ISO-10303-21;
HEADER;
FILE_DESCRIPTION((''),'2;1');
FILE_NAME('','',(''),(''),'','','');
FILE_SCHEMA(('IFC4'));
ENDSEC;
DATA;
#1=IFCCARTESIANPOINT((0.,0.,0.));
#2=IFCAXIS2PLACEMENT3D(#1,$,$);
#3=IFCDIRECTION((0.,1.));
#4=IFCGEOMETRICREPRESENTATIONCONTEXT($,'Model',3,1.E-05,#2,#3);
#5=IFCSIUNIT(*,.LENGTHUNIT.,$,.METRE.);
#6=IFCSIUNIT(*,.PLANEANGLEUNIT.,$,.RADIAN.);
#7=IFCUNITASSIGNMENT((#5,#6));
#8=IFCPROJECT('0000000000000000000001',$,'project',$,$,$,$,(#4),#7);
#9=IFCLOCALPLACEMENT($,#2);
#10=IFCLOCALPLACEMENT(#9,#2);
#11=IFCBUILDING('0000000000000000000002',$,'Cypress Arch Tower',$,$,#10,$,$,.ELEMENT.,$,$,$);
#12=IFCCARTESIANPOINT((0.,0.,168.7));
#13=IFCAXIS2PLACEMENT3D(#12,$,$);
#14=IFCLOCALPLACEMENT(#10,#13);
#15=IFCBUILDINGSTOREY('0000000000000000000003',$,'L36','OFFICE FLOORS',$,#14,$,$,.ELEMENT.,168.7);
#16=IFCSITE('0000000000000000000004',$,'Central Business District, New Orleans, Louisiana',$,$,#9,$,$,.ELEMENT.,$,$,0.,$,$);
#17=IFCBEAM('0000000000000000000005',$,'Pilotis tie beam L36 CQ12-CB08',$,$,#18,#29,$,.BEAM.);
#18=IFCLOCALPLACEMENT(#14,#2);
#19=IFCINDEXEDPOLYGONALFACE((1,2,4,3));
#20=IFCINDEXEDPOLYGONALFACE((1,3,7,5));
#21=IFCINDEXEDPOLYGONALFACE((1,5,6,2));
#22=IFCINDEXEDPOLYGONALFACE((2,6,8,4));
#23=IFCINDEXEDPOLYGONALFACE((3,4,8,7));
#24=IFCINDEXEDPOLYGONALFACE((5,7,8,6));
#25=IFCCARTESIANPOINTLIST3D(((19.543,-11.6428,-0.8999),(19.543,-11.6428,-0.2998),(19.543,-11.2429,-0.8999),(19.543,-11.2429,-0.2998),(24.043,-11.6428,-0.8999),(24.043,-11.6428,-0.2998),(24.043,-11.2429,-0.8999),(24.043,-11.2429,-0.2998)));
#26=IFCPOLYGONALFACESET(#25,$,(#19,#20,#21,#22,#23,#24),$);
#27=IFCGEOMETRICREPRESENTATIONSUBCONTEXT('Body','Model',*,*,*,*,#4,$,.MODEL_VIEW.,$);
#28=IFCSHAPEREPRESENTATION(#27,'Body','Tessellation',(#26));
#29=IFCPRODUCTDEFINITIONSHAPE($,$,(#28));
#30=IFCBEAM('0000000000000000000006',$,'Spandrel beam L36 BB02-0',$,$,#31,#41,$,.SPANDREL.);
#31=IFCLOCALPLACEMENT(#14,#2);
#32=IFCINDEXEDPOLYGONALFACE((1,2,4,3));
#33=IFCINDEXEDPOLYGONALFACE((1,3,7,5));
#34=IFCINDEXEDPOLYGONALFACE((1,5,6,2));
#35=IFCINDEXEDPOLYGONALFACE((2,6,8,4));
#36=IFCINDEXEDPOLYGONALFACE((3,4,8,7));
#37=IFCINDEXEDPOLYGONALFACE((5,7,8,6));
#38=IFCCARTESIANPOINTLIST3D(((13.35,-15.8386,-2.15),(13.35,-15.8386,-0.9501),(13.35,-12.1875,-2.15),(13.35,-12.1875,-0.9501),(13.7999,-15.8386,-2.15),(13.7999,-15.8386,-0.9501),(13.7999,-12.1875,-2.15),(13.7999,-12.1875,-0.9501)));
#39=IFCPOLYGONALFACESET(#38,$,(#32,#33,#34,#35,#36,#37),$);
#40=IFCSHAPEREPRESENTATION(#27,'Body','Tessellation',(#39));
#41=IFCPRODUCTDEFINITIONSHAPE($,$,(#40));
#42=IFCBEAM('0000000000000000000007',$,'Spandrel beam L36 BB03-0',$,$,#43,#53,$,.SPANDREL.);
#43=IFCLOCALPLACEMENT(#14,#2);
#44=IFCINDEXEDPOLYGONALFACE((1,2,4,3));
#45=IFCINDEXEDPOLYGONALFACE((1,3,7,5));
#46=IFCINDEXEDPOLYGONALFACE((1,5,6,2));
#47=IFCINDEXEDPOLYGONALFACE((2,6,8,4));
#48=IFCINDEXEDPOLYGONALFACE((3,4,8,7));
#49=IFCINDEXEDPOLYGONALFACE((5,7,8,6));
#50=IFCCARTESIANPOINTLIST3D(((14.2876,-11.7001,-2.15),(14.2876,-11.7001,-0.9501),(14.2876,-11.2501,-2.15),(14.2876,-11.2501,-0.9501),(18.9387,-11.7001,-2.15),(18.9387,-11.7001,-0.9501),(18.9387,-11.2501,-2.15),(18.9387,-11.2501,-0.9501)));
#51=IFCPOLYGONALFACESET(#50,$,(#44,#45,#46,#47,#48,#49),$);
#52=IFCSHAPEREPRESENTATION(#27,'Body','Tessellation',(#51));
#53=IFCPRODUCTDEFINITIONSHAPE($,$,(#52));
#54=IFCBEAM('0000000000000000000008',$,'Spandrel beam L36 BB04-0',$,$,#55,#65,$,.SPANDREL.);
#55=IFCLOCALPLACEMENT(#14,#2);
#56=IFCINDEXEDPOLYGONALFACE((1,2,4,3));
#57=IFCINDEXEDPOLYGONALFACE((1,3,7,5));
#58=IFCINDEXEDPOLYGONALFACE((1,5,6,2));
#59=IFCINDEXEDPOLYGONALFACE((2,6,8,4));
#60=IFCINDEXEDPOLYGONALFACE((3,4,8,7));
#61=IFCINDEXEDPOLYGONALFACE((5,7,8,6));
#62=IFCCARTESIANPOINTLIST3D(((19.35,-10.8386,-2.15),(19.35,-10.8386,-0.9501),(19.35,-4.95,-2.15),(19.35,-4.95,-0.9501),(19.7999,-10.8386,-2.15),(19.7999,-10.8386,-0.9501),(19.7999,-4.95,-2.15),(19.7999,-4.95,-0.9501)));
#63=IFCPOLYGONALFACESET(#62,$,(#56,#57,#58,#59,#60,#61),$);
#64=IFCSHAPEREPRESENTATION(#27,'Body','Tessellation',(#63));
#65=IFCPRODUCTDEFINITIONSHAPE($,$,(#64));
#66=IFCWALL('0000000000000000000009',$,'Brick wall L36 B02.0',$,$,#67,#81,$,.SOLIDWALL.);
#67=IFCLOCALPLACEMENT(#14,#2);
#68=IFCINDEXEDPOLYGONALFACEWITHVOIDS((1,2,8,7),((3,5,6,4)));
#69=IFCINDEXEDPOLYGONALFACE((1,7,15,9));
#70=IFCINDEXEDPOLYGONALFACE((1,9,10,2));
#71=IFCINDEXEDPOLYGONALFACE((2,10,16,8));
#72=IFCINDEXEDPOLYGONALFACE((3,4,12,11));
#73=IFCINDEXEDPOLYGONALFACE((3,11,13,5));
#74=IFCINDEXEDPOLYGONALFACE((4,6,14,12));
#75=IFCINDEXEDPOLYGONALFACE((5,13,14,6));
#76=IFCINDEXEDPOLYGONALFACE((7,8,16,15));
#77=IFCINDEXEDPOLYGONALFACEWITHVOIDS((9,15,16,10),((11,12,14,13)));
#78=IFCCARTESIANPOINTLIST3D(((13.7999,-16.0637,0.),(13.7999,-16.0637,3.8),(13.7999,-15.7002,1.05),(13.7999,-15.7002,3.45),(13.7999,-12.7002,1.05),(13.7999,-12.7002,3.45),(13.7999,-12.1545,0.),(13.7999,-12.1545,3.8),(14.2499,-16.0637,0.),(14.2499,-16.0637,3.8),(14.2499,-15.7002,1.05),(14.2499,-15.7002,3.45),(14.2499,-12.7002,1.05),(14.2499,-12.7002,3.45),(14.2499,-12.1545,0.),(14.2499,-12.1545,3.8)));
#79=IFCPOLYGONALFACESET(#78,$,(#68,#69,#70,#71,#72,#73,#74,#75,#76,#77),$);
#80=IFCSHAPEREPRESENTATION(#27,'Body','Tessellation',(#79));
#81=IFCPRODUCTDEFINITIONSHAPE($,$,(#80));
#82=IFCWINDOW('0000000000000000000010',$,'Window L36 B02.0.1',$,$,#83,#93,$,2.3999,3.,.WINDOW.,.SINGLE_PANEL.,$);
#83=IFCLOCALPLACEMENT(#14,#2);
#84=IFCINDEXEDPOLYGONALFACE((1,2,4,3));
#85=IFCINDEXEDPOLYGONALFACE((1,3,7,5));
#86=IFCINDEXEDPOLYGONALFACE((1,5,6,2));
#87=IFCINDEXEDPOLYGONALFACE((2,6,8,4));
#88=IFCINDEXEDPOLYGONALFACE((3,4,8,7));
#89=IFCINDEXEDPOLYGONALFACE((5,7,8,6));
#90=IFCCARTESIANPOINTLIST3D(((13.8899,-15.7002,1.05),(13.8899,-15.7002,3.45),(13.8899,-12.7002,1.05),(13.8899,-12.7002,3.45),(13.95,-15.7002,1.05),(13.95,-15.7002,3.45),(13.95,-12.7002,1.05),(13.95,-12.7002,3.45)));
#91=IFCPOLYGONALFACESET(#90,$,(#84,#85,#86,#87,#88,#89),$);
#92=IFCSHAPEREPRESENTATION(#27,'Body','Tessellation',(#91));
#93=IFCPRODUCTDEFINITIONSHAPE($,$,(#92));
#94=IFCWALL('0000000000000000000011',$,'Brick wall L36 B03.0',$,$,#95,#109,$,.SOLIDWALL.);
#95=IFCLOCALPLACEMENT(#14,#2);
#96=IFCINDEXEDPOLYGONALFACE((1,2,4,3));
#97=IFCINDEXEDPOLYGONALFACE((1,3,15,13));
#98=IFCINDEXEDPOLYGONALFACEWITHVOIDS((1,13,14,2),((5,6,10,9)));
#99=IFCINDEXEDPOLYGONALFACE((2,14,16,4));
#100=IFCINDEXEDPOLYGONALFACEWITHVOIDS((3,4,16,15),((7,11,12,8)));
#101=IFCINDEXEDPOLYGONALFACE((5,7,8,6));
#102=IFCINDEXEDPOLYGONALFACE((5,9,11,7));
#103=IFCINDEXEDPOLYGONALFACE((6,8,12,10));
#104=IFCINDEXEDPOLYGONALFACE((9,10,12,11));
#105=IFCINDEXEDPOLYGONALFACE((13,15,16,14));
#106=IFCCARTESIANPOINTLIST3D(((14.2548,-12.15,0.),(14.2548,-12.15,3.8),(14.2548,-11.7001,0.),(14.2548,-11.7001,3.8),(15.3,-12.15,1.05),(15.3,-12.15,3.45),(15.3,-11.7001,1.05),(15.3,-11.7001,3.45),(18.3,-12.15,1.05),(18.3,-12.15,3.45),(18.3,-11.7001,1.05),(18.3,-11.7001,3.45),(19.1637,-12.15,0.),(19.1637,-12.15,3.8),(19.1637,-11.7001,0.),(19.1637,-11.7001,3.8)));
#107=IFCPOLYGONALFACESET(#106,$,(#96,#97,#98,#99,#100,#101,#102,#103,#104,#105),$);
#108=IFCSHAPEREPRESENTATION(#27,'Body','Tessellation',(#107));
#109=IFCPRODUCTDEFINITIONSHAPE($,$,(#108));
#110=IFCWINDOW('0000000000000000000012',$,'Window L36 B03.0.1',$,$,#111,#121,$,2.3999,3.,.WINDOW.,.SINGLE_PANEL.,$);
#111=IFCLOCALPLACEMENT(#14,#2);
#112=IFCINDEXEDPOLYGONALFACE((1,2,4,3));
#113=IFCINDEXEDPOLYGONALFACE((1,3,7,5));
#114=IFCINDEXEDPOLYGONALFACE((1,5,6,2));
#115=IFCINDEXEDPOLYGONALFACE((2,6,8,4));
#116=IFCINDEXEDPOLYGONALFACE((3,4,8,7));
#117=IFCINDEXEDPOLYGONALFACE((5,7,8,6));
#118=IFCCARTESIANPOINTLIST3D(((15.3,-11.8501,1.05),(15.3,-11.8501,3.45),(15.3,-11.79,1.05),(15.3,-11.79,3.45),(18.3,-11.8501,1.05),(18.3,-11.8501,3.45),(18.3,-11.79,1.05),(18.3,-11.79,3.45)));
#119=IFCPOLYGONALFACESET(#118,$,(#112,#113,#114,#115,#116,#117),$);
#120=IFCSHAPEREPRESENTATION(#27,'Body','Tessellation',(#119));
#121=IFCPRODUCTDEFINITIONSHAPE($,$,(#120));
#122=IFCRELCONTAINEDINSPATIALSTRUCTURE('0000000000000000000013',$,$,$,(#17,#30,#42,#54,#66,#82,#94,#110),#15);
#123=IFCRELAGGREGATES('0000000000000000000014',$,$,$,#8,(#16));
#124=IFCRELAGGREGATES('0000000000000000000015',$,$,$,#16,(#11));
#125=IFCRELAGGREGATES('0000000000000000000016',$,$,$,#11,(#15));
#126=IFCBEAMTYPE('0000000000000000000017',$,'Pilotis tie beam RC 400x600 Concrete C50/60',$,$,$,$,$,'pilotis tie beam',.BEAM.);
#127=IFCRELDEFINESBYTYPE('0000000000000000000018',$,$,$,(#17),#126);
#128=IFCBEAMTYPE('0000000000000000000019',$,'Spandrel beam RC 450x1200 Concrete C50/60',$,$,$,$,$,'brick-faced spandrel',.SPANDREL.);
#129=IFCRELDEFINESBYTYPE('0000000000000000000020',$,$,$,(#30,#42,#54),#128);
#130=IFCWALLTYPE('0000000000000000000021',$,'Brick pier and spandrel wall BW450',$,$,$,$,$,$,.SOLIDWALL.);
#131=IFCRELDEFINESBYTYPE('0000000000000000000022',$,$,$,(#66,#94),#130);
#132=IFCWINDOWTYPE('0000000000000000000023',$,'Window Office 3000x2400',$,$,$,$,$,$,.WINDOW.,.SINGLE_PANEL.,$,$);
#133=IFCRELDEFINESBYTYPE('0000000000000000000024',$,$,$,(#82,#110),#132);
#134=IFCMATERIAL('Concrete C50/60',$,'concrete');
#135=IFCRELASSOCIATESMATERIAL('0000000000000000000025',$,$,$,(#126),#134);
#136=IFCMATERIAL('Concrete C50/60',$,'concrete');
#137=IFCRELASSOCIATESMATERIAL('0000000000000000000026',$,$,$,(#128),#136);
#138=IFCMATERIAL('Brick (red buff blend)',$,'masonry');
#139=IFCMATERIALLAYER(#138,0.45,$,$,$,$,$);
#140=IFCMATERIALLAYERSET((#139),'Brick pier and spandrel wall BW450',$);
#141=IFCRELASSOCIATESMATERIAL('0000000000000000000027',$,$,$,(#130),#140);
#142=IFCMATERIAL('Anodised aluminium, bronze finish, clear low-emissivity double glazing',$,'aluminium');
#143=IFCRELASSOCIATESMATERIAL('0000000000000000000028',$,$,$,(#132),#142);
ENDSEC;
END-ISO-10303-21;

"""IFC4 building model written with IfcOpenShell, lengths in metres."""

from ifc_helpers import new_model, si_unit, direction, frame, frame_2d, origin, origin_2d, place, context, subcontext, project, spatial, rectangle, extrude, material, layer, layer_set, material_profile, profile_set, type_object, element, fill, save


model = new_model("IFC4")

# Units and contexts
model_context = context("Model", 3, precision=1e-05, world=origin(), true_north=direction((0.0, 1.0)))
body_context = subcontext(model_context, "Body", "Model", "MODEL_VIEW")
ifc_project = project(units=[si_unit("LENGTHUNIT", "METRE"), si_unit("PLANEANGLEUNIT", "RADIAN")], contexts=[model_context])

# Site, building, storey
site_placement = place(None, origin())
site = spatial("IfcSite", under=ifc_project, at=site_placement, Name="Central Business District, New Orleans, Louisiana", CompositionType="ELEMENT", RefElevation=0.0)
building_placement = place(site_placement, origin())
building = spatial("IfcBuilding", under=site, at=building_placement, Name="Cypress Arch Tower", CompositionType="ELEMENT")
storey_placement = place(building_placement, frame((0.0, 0.0, 168.7)))
storey = spatial("IfcBuildingStorey", under=building, at=storey_placement, Name="L36", Description="OFFICE FLOORS", CompositionType="ELEMENT", Elevation=168.7)

# Beams
ifc_material_1 = material(Name="Concrete C50/60", Category="concrete")
ifc_material_profile_1 = material_profile(ifc_material_1, rectangle(XDim=0.3999, YDim=0.6001, at=origin_2d()), Name="RC 400x600")
ifc_profile_set_1 = profile_set([ifc_material_profile_1], Name="Concrete C50/60")
beam_type_1 = type_object("IfcBeamType", Name="Pilotis tie beam RC 400x600 Concrete C50/60", ElementType="pilotis tie beam", PredefinedType="BEAM", material=ifc_profile_set_1)
beam_1_placement = place(storey_placement, frame((24.043, -11.4429, -0.5999), z_axis=(-1.0, 0.0, 0.0), x_axis=(0.0, -1.0, 0.0)))
element("IfcBeam", 1, at=beam_1_placement, inside=storey, type_object=beam_type_1, Name="Pilotis tie beam L36 CQ12-CB08", PredefinedType="BEAM", context=body_context, shape_type="SweptSolid", body=[
    extrude(rectangle(XDim=0.3999, YDim=0.6001, at=origin_2d()), origin(), (0.0, 0.0, 1.0), 4.5),
])
ifc_material_2 = material(Name="Concrete C50/60", Category="concrete")
ifc_material_profile_2 = material_profile(ifc_material_2, rectangle(XDim=0.45, YDim=1.2, at=origin_2d()), Name="RC 450x1200")
ifc_profile_set_2 = profile_set([ifc_material_profile_2], Name="Concrete C50/60")
beam_type_2 = type_object("IfcBeamType", Name="Spandrel beam RC 450x1200 Concrete C50/60", ElementType="brick-faced spandrel", PredefinedType="SPANDREL", material=ifc_profile_set_2)
beam_2_placement = place(storey_placement, frame((13.575, -15.8386, -1.55), z_axis=(0.0, 1.0, 0.0), x_axis=(-1.0, 0.0, 0.0)))
element("IfcBeam", 2, at=beam_2_placement, inside=storey, type_object=beam_type_2, Name="Spandrel beam L36 BB02-0", PredefinedType="SPANDREL", context=body_context, shape_type="SweptSolid", body=[
    extrude(rectangle(XDim=0.45, YDim=1.2, at=origin_2d()), origin(), (0.0, 0.0, 1.0), 3.6511),
])
beam_3_placement = place(storey_placement, frame((14.2876, -11.4751, -1.55), z_axis=(1.0, 0.0, 0.0), x_axis=(0.0, 1.0, 0.0)))
element("IfcBeam", 3, at=beam_3_placement, inside=storey, type_object=beam_type_2, Name="Spandrel beam L36 BB03-0", PredefinedType="SPANDREL", context=body_context, shape_type="SweptSolid", body=[
    extrude(rectangle(XDim=0.45, YDim=1.2, at=origin_2d()), origin(), (0.0, 0.0, 1.0), 4.6511),
])
beam_4_placement = place(storey_placement, frame((19.575, -10.8386, -1.55), z_axis=(0.0, 1.0, 0.0), x_axis=(-1.0, 0.0, 0.0)))
element("IfcBeam", 4, at=beam_4_placement, inside=storey, type_object=beam_type_2, Name="Spandrel beam L36 BB04-0", PredefinedType="SPANDREL", context=body_context, shape_type="SweptSolid", body=[
    extrude(rectangle(XDim=0.45, YDim=1.2, at=origin_2d()), origin(), (0.0, 0.0, 1.0), 5.8887),
])

# Walls, openings, windows
ifc_material_3 = material(Name="Brick (red buff blend)", Category="masonry")
ifc_layer_1 = layer(ifc_material_3, 0.45)
ifc_layer_set_1 = layer_set([ifc_layer_1], Name="Brick pier and spandrel wall BW450")
wall_type_1 = type_object("IfcWallType", Name="Brick pier and spandrel wall BW450", PredefinedType="SOLIDWALL", material=ifc_layer_set_1)
wall_1_placement = place(storey_placement, frame((14.0249, -16.0637, 0.0), z_axis=(0.0, 0.0, 1.0), x_axis=(0.0, 1.0, 0.0)))
wall_1 = element("IfcWall", 5, at=wall_1_placement, inside=storey, type_object=wall_type_1, Name="Brick wall L36 B02.0", PredefinedType="SOLIDWALL", context=body_context, shape_type="SweptSolid", body=[
    extrude(rectangle(XDim=3.9092, YDim=0.45, at=frame_2d((1.9546, 0.0))), origin(), (0.0, 0.0, 1.0), 3.8),
])
opening_1_placement = place(wall_1_placement, frame((0.3635, 0.0, 1.05)))
opening_1 = element("IfcOpeningElement", 6, at=opening_1_placement, cuts=wall_1, PredefinedType="OPENING", context=body_context, shape_type="SweptSolid", body=[
    extrude(rectangle(XDim=3.0, YDim=2.3999, at=frame_2d((1.5, 1.2))), frame((0.0, 0.2349, 0.0), z_axis=(0.0, -1.0, 0.0), x_axis=(1.0, 0.0, 0.0)), (0.0, 0.0, 1.0), 0.47),
])
ifc_material_4 = material(Name="Anodised aluminium, bronze finish, clear low-emissivity double glazing", Category="aluminium")
window_type = type_object("IfcWindowType", Name="Window Office 3000x2400", PartitioningType="SINGLE_PANEL", PredefinedType="WINDOW", material=ifc_material_4)
window_1_placement = place(opening_1_placement, origin())
window_1 = element("IfcWindow", 7, at=window_1_placement, inside=storey, type_object=window_type, Name="Window L36 B02.0.1", OverallHeight=2.3999, OverallWidth=3.0, PartitioningType="SINGLE_PANEL", PredefinedType="WINDOW", context=body_context, shape_type="SweptSolid", body=[
    extrude(rectangle(XDim=3.0, YDim=2.3999, at=frame_2d((1.5, 1.2))), frame((0.0, 0.135, 0.0), z_axis=(0.0, -1.0, 0.0), x_axis=(1.0, 0.0, 0.0)), (0.0, 0.0, 1.0), 0.0601),
])
fill(opening_1, window_1)
wall_2_placement = place(storey_placement, frame((14.2546, -11.925, 0.0), z_axis=(0.0, 0.0, 1.0), x_axis=(1.0, 0.0, 0.0)))
wall_2 = element("IfcWall", 8, at=wall_2_placement, inside=storey, type_object=wall_type_1, Name="Brick wall L36 B03.0", PredefinedType="SOLIDWALL", context=body_context, shape_type="SweptSolid", body=[
    extrude(rectangle(XDim=4.9089, YDim=0.45, at=frame_2d((2.4546, 0.0))), origin(), (0.0, 0.0, 1.0), 3.8),
])
opening_2_placement = place(wall_2_placement, frame((1.0454, 0.0, 1.05)))
opening_2 = element("IfcOpeningElement", 9, at=opening_2_placement, cuts=wall_2, PredefinedType="OPENING", context=body_context, shape_type="SweptSolid", body=[
    extrude(rectangle(XDim=3.0, YDim=2.3999, at=frame_2d((1.5, 1.2))), frame((0.0, 0.2349, 0.0), z_axis=(0.0, -1.0, 0.0), x_axis=(1.0, 0.0, 0.0)), (0.0, 0.0, 1.0), 0.47),
])
window_2_placement = place(opening_2_placement, origin())
window_2 = element("IfcWindow", 10, at=window_2_placement, inside=storey, type_object=window_type, Name="Window L36 B03.0.1", OverallHeight=2.3999, OverallWidth=3.0, PartitioningType="SINGLE_PANEL", PredefinedType="WINDOW", context=body_context, shape_type="SweptSolid", body=[
    extrude(rectangle(XDim=3.0, YDim=2.3999, at=frame_2d((1.5, 1.2))), frame((0.0, 0.135, 0.0), z_axis=(0.0, -1.0, 0.0), x_axis=(1.0, 0.0, 0.0)), (0.0, 0.0, 1.0), 0.0601),
])
fill(opening_2, window_2)

save(model, "model.ifc")
